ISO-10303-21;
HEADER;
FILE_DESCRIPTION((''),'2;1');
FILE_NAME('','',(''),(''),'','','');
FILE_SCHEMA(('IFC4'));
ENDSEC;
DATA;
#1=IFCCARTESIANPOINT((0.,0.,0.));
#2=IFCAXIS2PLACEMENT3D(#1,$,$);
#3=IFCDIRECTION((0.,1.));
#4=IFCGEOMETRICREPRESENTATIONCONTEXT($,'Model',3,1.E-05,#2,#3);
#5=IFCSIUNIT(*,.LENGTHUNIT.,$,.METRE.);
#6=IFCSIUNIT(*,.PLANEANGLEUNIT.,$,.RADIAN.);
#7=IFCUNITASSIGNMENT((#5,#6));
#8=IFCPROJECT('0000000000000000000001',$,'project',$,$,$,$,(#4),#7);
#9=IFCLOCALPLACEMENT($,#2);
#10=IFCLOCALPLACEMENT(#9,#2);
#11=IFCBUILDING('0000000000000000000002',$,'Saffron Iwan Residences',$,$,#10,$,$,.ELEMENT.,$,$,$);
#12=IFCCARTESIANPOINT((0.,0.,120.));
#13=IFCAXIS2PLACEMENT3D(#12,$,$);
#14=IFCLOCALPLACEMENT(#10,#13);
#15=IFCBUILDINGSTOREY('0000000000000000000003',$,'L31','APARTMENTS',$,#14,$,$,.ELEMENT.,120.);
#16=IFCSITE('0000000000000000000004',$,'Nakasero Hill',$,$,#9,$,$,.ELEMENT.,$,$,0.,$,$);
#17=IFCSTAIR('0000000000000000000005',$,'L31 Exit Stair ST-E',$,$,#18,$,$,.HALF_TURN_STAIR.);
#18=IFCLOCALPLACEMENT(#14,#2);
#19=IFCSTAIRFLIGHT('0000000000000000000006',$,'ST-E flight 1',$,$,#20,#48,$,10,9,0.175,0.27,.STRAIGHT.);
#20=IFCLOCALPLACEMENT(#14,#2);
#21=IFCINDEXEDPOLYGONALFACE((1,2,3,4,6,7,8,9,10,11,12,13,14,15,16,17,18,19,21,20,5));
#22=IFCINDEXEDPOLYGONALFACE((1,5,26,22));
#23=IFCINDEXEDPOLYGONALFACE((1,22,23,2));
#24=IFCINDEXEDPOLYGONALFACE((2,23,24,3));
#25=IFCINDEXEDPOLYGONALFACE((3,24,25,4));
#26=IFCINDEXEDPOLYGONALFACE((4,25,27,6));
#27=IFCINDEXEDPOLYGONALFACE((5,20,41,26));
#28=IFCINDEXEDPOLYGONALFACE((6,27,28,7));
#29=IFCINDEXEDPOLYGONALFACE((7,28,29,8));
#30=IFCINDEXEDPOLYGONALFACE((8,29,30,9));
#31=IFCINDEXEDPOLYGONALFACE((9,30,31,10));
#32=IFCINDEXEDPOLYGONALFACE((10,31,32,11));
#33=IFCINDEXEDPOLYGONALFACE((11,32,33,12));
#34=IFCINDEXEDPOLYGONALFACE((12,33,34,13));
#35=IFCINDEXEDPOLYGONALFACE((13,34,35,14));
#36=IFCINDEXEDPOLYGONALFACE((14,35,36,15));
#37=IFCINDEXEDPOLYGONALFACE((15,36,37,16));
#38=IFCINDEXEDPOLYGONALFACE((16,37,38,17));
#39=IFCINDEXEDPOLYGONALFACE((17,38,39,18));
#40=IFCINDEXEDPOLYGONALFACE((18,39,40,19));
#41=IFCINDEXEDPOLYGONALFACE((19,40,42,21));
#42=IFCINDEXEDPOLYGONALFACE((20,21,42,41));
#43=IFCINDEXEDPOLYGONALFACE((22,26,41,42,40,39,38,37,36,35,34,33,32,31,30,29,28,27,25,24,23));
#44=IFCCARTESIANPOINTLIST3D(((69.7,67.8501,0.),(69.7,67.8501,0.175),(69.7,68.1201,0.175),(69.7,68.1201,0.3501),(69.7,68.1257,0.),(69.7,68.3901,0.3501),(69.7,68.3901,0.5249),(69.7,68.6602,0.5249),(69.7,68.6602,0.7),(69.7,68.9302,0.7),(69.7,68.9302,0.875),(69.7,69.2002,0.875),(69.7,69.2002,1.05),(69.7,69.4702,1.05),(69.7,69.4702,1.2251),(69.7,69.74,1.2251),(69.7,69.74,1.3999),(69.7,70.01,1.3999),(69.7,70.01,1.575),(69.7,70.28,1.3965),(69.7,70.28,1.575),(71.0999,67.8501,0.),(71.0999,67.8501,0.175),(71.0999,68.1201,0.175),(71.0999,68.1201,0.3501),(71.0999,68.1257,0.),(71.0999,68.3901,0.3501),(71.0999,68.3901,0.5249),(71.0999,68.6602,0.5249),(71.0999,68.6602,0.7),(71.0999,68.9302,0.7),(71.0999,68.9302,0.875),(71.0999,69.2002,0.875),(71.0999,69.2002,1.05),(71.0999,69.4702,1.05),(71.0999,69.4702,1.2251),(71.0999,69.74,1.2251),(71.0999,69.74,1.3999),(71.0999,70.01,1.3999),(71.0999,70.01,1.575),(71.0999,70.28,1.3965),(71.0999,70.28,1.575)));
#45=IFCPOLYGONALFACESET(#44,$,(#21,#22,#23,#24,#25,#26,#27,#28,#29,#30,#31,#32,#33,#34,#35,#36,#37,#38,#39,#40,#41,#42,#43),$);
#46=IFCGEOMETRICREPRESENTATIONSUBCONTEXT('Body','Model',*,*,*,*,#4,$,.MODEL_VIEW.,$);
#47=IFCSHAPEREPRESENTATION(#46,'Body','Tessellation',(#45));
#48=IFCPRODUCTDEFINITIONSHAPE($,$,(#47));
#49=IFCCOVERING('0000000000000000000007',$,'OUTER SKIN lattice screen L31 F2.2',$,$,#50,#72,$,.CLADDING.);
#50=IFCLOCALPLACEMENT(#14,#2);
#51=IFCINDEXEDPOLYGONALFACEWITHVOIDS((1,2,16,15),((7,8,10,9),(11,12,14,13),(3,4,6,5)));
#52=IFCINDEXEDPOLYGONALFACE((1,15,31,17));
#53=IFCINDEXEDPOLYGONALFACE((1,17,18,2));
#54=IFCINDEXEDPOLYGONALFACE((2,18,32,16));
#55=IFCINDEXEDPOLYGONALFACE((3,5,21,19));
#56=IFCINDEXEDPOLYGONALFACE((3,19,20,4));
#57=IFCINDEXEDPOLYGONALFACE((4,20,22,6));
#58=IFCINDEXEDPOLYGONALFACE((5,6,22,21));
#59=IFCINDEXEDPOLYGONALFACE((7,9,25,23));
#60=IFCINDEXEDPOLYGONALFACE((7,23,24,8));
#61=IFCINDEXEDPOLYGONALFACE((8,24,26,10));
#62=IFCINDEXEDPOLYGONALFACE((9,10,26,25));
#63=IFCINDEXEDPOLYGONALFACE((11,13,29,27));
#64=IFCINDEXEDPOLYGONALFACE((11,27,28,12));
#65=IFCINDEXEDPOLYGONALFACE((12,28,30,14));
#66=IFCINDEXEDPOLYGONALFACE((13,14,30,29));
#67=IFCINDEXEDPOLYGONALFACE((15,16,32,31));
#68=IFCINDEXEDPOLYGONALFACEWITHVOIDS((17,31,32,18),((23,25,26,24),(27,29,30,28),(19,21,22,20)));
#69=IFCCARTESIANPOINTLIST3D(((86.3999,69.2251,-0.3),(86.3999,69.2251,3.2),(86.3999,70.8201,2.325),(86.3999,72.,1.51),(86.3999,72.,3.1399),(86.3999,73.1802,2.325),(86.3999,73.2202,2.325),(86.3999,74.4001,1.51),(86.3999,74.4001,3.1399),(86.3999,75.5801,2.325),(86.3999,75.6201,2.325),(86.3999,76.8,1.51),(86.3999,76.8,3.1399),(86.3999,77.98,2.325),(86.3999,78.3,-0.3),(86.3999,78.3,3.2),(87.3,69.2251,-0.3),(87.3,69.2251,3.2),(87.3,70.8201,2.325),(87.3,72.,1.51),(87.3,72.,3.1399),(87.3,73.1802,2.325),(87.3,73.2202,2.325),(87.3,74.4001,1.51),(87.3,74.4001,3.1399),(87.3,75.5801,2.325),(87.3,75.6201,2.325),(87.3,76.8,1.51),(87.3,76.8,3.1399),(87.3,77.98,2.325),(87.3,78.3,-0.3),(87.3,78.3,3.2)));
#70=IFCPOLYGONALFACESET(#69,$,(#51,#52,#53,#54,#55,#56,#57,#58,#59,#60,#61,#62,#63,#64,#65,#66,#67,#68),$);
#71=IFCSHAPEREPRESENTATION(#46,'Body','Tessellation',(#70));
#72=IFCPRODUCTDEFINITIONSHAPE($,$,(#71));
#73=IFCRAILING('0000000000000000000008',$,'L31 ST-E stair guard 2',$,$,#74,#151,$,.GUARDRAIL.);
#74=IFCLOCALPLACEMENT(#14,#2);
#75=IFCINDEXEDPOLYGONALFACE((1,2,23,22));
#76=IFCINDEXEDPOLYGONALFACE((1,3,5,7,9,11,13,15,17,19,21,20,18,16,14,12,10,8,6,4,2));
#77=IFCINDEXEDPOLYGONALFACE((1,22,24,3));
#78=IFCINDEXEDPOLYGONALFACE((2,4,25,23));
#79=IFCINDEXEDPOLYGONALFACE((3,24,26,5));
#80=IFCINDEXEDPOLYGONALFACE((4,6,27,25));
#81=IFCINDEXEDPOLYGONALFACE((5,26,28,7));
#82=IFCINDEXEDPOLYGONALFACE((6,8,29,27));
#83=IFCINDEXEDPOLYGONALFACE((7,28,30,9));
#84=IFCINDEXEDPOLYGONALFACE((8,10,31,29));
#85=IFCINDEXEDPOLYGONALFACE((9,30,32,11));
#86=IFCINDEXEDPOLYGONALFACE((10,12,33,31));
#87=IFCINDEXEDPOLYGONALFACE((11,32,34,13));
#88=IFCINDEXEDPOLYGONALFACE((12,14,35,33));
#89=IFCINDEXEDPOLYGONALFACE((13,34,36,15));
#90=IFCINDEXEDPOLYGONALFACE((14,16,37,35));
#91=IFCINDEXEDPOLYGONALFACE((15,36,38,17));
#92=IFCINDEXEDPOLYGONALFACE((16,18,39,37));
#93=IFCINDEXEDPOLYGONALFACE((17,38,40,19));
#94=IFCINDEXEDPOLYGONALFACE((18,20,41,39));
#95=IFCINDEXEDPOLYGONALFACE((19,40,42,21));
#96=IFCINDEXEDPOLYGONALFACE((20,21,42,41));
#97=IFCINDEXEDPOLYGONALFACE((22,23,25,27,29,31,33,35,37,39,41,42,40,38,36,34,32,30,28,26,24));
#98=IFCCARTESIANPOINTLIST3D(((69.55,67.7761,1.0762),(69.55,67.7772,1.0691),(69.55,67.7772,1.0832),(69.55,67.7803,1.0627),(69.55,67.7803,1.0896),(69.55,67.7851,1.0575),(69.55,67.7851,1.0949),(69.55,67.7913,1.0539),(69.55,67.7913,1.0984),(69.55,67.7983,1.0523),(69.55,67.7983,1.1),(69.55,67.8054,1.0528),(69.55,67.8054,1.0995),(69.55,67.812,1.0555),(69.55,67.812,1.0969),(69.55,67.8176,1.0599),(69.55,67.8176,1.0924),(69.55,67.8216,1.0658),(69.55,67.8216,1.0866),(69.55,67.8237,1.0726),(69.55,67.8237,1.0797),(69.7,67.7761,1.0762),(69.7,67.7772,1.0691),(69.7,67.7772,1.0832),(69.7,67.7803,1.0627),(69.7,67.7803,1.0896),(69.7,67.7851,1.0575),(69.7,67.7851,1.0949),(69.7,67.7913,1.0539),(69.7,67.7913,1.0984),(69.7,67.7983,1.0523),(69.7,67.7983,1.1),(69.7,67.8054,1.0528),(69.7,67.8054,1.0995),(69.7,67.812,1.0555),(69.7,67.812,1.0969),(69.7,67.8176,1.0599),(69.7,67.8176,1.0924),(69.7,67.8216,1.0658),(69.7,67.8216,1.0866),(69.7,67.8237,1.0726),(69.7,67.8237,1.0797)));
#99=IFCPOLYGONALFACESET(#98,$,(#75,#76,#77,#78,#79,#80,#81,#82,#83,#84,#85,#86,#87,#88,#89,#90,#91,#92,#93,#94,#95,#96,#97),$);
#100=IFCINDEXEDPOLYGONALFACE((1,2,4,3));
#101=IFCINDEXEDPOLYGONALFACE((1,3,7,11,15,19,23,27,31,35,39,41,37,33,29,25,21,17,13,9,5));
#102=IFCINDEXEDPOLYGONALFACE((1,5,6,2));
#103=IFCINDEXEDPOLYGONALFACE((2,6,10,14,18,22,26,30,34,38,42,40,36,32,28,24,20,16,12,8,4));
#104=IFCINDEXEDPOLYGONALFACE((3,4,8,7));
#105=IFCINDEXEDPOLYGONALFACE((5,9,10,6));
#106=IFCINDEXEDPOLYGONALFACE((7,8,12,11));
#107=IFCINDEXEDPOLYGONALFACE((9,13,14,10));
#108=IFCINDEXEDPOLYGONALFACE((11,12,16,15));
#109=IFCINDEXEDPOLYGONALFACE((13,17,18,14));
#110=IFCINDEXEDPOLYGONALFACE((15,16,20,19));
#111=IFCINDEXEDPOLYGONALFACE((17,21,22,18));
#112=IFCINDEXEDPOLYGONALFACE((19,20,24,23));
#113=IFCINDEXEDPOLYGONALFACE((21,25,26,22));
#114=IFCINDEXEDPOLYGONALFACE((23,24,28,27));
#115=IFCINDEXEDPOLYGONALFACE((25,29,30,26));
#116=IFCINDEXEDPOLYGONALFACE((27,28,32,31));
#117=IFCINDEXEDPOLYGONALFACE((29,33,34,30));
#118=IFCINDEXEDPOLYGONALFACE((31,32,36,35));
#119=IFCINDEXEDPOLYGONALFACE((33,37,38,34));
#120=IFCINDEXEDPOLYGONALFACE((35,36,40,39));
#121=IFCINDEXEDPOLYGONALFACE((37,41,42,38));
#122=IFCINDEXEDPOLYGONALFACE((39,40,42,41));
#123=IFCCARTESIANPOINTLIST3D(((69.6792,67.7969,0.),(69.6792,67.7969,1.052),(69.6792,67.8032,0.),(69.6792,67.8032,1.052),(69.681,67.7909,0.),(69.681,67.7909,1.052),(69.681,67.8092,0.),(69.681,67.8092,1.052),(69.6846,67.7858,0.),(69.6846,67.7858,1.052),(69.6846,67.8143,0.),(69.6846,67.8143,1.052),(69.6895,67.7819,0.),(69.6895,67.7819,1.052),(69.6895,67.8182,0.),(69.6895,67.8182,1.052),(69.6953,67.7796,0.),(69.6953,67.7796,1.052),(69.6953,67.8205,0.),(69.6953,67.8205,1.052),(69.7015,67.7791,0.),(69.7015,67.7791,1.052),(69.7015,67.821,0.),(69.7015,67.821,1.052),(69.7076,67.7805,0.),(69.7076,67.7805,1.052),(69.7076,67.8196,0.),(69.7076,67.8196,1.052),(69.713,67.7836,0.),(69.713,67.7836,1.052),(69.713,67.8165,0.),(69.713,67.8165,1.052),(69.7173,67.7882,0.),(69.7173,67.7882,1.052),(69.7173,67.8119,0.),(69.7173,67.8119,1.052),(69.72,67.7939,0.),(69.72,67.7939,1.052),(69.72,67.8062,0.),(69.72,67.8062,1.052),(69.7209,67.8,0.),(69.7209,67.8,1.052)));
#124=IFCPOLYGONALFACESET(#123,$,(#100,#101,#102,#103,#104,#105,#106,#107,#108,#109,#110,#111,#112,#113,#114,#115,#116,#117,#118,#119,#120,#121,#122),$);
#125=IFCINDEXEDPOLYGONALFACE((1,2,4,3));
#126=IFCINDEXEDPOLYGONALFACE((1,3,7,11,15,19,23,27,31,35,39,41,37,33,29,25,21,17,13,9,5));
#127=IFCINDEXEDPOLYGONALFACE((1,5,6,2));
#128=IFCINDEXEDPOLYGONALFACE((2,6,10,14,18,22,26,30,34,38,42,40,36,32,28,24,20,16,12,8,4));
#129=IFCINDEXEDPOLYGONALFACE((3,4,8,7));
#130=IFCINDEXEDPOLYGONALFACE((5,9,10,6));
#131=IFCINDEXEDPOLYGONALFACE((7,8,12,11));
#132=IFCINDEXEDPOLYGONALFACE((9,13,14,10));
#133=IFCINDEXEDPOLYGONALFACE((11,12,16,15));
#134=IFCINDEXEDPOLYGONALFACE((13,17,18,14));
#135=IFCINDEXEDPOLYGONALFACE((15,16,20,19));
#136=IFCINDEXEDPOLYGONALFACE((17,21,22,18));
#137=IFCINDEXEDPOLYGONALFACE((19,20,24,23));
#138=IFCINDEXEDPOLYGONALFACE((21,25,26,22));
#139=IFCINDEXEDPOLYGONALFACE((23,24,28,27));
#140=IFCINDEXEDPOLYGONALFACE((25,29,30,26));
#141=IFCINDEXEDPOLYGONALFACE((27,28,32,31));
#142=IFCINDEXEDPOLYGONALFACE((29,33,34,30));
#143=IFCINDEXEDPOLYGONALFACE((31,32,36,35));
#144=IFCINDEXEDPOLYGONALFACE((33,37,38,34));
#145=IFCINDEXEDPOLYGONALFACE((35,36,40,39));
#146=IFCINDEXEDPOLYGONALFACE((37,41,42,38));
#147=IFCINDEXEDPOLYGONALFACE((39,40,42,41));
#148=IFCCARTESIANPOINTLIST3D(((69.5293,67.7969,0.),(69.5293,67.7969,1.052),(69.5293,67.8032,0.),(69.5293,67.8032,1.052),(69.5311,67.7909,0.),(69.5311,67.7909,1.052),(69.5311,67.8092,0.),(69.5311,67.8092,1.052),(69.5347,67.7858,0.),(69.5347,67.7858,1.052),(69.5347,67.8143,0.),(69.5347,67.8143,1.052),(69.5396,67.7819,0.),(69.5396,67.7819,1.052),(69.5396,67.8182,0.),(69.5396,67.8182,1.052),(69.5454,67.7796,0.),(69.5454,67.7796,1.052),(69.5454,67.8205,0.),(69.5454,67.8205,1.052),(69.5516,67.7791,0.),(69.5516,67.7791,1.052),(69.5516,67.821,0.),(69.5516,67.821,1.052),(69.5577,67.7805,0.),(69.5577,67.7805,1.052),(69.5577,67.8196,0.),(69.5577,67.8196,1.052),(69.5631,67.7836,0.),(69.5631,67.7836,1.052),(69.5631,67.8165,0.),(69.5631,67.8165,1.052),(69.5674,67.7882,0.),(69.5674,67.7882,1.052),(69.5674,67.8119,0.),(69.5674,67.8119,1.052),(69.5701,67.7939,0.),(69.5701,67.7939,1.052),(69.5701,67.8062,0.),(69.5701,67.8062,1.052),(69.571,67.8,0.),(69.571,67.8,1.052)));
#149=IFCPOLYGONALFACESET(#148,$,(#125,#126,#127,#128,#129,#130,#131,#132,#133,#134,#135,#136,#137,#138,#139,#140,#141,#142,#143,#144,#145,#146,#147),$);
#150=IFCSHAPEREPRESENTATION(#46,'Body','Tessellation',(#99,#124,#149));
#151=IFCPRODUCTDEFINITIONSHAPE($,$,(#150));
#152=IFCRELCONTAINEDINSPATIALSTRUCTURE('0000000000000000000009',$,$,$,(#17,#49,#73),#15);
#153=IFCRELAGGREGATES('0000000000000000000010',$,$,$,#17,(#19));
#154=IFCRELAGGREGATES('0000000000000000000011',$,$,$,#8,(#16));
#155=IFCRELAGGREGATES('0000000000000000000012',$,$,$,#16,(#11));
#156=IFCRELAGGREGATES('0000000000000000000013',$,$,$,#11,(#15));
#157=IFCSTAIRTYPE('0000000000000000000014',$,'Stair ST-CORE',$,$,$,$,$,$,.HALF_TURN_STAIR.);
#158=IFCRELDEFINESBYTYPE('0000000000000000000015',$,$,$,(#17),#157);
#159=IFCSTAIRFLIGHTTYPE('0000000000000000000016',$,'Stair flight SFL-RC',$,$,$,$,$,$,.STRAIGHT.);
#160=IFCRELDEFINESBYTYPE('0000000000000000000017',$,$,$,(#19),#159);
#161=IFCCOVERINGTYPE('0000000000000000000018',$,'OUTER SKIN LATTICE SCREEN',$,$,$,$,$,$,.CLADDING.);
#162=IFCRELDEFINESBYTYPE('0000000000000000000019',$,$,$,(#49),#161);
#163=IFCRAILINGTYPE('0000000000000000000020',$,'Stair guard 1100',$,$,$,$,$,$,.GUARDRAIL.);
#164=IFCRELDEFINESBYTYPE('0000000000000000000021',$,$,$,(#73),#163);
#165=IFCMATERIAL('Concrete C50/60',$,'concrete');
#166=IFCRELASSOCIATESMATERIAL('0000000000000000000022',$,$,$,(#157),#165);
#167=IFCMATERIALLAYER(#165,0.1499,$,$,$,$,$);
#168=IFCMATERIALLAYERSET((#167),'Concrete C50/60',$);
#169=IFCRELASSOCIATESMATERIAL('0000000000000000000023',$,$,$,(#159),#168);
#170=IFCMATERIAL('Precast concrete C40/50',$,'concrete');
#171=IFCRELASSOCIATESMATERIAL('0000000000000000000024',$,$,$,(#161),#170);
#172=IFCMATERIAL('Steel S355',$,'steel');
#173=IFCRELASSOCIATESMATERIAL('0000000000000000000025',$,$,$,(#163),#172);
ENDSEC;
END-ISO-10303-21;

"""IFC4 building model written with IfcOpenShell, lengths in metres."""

from ifc_helpers import new_model, si_unit, direction, frame, origin, origin_2d, place, context, subcontext, project, spatial, polyline, circle, outline, extrude, material, layer, layer_set, type_object, element, aggregate, save


model = new_model("IFC4")

# Units and contexts
model_context = context("Model", 3, precision=1e-05, world=origin(), true_north=direction((0.0, 1.0)))
body_context = subcontext(model_context, "Body", "Model", "MODEL_VIEW")
ifc_project = project(units=[si_unit("LENGTHUNIT", "METRE"), si_unit("PLANEANGLEUNIT", "RADIAN")], contexts=[model_context])

# Site, building, storey
site_placement = place(None, origin())
site = spatial("IfcSite", under=ifc_project, at=site_placement, Name="Nakasero Hill", CompositionType="ELEMENT", RefElevation=0.0)
building_placement = place(site_placement, origin())
building = spatial("IfcBuilding", under=site, at=building_placement, Name="Saffron Iwan Residences", CompositionType="ELEMENT")
storey_placement = place(building_placement, frame((0.0, 0.0, 120.0)))
storey = spatial("IfcBuildingStorey", under=building, at=storey_placement, Name="L31", Description="APARTMENTS", CompositionType="ELEMENT", Elevation=120.0)

# Shared definitions
ifc_material_1 = material(Name="Concrete C50/60", Category="concrete")

# Stair, stair flight
stair_type = type_object("IfcStairType", Name="Stair ST-CORE", PredefinedType="HALF_TURN_STAIR", material=ifc_material_1)
stair_placement = place(storey_placement, origin())
stair = element("IfcStair", 1, at=stair_placement, inside=storey, type_object=stair_type, Name="L31 Exit Stair ST-E", PredefinedType="HALF_TURN_STAIR")
ifc_layer_1 = layer(ifc_material_1, 0.1499)
ifc_layer_set_1 = layer_set([ifc_layer_1], Name="Concrete C50/60")
stair_flight_type = type_object("IfcStairFlightType", Name="Stair flight SFL-RC", PredefinedType="STRAIGHT", material=ifc_layer_set_1)
stair_flight_placement = place(storey_placement, frame((70.3999, 67.8501, 0.0), z_axis=(0.0, 0.0, 1.0), x_axis=(0.0, 1.0, 0.0)))
stair_flight = element("IfcStairFlight", 2, at=stair_flight_placement, type_object=stair_flight_type, Name="ST-E flight 1", NumberOfRisers=10, NumberOfTreads=9, PredefinedType="STRAIGHT", RiserHeight=0.175, TreadLength=0.27, context=body_context, shape_type="SweptSolid", body=[
    extrude(outline(polyline([(0.0, 0.0), (0.0, 0.175), (0.27, 0.175), (0.27, 0.3501), (0.54, 0.3501), (0.54, 0.5249), (0.8101, 0.5249), (0.8101, 0.7), (1.0801, 0.7), (1.0801, 0.875), (1.3501, 0.875), (1.3501, 1.05), (1.6201, 1.05), (1.6201, 1.2251), (1.8899, 1.2251), (1.8899, 1.3999), (2.1599, 1.3999), (2.1599, 1.575), (2.4299, 1.575), (2.4299, 1.75), (2.4299, 1.3965), (0.2756, 0.0), (0.0, 0.0)])), frame((0.0, 0.7, 0.0), z_axis=(0.0, -1.0, 0.0), x_axis=(1.0, 0.0, 0.0)), (0.0, 0.0, 1.0), 1.3999),
])
aggregate(stair, [stair_flight])

# Covering
ifc_material_2 = material(Name="Precast concrete C40/50", Category="concrete")
covering_type = type_object("IfcCoveringType", Name="OUTER SKIN LATTICE SCREEN", PredefinedType="CLADDING", material=ifc_material_2)
covering_placement = place(storey_placement, frame((86.3999, 69.2251, -0.3), z_axis=(1.0, 0.0, 0.0), x_axis=(0.0, 1.0, 0.0)))
element("IfcCovering", 3, at=covering_placement, inside=storey, type_object=covering_type, Name="OUTER SKIN lattice screen L31 F2.2", PredefinedType="CLADDING", context=body_context, shape_type="SweptSolid", body=[
    extrude(outline(polyline([(0.0, 0.0), (9.075, 0.0), (9.075, 3.5), (0.0, 3.5), (0.0, 0.0)]), holes=[polyline([(1.595, 2.625), (2.7749, 1.8101), (3.9551, 2.625), (2.7749, 3.4399), (1.595, 2.625)]), polyline([(3.9951, 2.625), (5.175, 1.8101), (6.355, 2.625), (5.175, 3.4399), (3.9951, 2.625)]), polyline([(6.395, 2.625), (7.575, 1.8101), (8.7549, 2.625), (7.575, 3.4399), (6.395, 2.625)])]), origin(), (0.0, 0.0, 1.0), 0.9001),
])

# Railing
ifc_material_3 = material(Name="Steel S355", Category="steel")
railing_type_1 = type_object("IfcRailingType", Name="Stair guard 1100", PredefinedType="GUARDRAIL", material=ifc_material_3)
railing_1_placement = place(storey_placement, frame((69.7, 67.8, 0.0)))
element("IfcRailing", 4, at=railing_1_placement, inside=storey, type_object=railing_type_1, Name="L31 ST-E stair guard 2", PredefinedType="GUARDRAIL", context=body_context, shape_type="SweptSolid", body=[
    extrude(circle(Radius=0.0239, at=origin_2d()), frame((0.0, 0.0, 1.0762), z_axis=(-1.0, 0.0, 0.0), x_axis=(0.0, -1.0, 0.0)), (0.0, 0.0, 1.0), 0.1499),
    extrude(circle(Radius=0.021, at=origin_2d()), origin(), (0.0, 0.0, 1.0), 1.052),
    extrude(circle(Radius=0.021, at=origin_2d()), frame((-0.1499, 0.0, 0.0)), (0.0, 0.0, 1.0), 1.052),
])

save(model, "model.ifc")
